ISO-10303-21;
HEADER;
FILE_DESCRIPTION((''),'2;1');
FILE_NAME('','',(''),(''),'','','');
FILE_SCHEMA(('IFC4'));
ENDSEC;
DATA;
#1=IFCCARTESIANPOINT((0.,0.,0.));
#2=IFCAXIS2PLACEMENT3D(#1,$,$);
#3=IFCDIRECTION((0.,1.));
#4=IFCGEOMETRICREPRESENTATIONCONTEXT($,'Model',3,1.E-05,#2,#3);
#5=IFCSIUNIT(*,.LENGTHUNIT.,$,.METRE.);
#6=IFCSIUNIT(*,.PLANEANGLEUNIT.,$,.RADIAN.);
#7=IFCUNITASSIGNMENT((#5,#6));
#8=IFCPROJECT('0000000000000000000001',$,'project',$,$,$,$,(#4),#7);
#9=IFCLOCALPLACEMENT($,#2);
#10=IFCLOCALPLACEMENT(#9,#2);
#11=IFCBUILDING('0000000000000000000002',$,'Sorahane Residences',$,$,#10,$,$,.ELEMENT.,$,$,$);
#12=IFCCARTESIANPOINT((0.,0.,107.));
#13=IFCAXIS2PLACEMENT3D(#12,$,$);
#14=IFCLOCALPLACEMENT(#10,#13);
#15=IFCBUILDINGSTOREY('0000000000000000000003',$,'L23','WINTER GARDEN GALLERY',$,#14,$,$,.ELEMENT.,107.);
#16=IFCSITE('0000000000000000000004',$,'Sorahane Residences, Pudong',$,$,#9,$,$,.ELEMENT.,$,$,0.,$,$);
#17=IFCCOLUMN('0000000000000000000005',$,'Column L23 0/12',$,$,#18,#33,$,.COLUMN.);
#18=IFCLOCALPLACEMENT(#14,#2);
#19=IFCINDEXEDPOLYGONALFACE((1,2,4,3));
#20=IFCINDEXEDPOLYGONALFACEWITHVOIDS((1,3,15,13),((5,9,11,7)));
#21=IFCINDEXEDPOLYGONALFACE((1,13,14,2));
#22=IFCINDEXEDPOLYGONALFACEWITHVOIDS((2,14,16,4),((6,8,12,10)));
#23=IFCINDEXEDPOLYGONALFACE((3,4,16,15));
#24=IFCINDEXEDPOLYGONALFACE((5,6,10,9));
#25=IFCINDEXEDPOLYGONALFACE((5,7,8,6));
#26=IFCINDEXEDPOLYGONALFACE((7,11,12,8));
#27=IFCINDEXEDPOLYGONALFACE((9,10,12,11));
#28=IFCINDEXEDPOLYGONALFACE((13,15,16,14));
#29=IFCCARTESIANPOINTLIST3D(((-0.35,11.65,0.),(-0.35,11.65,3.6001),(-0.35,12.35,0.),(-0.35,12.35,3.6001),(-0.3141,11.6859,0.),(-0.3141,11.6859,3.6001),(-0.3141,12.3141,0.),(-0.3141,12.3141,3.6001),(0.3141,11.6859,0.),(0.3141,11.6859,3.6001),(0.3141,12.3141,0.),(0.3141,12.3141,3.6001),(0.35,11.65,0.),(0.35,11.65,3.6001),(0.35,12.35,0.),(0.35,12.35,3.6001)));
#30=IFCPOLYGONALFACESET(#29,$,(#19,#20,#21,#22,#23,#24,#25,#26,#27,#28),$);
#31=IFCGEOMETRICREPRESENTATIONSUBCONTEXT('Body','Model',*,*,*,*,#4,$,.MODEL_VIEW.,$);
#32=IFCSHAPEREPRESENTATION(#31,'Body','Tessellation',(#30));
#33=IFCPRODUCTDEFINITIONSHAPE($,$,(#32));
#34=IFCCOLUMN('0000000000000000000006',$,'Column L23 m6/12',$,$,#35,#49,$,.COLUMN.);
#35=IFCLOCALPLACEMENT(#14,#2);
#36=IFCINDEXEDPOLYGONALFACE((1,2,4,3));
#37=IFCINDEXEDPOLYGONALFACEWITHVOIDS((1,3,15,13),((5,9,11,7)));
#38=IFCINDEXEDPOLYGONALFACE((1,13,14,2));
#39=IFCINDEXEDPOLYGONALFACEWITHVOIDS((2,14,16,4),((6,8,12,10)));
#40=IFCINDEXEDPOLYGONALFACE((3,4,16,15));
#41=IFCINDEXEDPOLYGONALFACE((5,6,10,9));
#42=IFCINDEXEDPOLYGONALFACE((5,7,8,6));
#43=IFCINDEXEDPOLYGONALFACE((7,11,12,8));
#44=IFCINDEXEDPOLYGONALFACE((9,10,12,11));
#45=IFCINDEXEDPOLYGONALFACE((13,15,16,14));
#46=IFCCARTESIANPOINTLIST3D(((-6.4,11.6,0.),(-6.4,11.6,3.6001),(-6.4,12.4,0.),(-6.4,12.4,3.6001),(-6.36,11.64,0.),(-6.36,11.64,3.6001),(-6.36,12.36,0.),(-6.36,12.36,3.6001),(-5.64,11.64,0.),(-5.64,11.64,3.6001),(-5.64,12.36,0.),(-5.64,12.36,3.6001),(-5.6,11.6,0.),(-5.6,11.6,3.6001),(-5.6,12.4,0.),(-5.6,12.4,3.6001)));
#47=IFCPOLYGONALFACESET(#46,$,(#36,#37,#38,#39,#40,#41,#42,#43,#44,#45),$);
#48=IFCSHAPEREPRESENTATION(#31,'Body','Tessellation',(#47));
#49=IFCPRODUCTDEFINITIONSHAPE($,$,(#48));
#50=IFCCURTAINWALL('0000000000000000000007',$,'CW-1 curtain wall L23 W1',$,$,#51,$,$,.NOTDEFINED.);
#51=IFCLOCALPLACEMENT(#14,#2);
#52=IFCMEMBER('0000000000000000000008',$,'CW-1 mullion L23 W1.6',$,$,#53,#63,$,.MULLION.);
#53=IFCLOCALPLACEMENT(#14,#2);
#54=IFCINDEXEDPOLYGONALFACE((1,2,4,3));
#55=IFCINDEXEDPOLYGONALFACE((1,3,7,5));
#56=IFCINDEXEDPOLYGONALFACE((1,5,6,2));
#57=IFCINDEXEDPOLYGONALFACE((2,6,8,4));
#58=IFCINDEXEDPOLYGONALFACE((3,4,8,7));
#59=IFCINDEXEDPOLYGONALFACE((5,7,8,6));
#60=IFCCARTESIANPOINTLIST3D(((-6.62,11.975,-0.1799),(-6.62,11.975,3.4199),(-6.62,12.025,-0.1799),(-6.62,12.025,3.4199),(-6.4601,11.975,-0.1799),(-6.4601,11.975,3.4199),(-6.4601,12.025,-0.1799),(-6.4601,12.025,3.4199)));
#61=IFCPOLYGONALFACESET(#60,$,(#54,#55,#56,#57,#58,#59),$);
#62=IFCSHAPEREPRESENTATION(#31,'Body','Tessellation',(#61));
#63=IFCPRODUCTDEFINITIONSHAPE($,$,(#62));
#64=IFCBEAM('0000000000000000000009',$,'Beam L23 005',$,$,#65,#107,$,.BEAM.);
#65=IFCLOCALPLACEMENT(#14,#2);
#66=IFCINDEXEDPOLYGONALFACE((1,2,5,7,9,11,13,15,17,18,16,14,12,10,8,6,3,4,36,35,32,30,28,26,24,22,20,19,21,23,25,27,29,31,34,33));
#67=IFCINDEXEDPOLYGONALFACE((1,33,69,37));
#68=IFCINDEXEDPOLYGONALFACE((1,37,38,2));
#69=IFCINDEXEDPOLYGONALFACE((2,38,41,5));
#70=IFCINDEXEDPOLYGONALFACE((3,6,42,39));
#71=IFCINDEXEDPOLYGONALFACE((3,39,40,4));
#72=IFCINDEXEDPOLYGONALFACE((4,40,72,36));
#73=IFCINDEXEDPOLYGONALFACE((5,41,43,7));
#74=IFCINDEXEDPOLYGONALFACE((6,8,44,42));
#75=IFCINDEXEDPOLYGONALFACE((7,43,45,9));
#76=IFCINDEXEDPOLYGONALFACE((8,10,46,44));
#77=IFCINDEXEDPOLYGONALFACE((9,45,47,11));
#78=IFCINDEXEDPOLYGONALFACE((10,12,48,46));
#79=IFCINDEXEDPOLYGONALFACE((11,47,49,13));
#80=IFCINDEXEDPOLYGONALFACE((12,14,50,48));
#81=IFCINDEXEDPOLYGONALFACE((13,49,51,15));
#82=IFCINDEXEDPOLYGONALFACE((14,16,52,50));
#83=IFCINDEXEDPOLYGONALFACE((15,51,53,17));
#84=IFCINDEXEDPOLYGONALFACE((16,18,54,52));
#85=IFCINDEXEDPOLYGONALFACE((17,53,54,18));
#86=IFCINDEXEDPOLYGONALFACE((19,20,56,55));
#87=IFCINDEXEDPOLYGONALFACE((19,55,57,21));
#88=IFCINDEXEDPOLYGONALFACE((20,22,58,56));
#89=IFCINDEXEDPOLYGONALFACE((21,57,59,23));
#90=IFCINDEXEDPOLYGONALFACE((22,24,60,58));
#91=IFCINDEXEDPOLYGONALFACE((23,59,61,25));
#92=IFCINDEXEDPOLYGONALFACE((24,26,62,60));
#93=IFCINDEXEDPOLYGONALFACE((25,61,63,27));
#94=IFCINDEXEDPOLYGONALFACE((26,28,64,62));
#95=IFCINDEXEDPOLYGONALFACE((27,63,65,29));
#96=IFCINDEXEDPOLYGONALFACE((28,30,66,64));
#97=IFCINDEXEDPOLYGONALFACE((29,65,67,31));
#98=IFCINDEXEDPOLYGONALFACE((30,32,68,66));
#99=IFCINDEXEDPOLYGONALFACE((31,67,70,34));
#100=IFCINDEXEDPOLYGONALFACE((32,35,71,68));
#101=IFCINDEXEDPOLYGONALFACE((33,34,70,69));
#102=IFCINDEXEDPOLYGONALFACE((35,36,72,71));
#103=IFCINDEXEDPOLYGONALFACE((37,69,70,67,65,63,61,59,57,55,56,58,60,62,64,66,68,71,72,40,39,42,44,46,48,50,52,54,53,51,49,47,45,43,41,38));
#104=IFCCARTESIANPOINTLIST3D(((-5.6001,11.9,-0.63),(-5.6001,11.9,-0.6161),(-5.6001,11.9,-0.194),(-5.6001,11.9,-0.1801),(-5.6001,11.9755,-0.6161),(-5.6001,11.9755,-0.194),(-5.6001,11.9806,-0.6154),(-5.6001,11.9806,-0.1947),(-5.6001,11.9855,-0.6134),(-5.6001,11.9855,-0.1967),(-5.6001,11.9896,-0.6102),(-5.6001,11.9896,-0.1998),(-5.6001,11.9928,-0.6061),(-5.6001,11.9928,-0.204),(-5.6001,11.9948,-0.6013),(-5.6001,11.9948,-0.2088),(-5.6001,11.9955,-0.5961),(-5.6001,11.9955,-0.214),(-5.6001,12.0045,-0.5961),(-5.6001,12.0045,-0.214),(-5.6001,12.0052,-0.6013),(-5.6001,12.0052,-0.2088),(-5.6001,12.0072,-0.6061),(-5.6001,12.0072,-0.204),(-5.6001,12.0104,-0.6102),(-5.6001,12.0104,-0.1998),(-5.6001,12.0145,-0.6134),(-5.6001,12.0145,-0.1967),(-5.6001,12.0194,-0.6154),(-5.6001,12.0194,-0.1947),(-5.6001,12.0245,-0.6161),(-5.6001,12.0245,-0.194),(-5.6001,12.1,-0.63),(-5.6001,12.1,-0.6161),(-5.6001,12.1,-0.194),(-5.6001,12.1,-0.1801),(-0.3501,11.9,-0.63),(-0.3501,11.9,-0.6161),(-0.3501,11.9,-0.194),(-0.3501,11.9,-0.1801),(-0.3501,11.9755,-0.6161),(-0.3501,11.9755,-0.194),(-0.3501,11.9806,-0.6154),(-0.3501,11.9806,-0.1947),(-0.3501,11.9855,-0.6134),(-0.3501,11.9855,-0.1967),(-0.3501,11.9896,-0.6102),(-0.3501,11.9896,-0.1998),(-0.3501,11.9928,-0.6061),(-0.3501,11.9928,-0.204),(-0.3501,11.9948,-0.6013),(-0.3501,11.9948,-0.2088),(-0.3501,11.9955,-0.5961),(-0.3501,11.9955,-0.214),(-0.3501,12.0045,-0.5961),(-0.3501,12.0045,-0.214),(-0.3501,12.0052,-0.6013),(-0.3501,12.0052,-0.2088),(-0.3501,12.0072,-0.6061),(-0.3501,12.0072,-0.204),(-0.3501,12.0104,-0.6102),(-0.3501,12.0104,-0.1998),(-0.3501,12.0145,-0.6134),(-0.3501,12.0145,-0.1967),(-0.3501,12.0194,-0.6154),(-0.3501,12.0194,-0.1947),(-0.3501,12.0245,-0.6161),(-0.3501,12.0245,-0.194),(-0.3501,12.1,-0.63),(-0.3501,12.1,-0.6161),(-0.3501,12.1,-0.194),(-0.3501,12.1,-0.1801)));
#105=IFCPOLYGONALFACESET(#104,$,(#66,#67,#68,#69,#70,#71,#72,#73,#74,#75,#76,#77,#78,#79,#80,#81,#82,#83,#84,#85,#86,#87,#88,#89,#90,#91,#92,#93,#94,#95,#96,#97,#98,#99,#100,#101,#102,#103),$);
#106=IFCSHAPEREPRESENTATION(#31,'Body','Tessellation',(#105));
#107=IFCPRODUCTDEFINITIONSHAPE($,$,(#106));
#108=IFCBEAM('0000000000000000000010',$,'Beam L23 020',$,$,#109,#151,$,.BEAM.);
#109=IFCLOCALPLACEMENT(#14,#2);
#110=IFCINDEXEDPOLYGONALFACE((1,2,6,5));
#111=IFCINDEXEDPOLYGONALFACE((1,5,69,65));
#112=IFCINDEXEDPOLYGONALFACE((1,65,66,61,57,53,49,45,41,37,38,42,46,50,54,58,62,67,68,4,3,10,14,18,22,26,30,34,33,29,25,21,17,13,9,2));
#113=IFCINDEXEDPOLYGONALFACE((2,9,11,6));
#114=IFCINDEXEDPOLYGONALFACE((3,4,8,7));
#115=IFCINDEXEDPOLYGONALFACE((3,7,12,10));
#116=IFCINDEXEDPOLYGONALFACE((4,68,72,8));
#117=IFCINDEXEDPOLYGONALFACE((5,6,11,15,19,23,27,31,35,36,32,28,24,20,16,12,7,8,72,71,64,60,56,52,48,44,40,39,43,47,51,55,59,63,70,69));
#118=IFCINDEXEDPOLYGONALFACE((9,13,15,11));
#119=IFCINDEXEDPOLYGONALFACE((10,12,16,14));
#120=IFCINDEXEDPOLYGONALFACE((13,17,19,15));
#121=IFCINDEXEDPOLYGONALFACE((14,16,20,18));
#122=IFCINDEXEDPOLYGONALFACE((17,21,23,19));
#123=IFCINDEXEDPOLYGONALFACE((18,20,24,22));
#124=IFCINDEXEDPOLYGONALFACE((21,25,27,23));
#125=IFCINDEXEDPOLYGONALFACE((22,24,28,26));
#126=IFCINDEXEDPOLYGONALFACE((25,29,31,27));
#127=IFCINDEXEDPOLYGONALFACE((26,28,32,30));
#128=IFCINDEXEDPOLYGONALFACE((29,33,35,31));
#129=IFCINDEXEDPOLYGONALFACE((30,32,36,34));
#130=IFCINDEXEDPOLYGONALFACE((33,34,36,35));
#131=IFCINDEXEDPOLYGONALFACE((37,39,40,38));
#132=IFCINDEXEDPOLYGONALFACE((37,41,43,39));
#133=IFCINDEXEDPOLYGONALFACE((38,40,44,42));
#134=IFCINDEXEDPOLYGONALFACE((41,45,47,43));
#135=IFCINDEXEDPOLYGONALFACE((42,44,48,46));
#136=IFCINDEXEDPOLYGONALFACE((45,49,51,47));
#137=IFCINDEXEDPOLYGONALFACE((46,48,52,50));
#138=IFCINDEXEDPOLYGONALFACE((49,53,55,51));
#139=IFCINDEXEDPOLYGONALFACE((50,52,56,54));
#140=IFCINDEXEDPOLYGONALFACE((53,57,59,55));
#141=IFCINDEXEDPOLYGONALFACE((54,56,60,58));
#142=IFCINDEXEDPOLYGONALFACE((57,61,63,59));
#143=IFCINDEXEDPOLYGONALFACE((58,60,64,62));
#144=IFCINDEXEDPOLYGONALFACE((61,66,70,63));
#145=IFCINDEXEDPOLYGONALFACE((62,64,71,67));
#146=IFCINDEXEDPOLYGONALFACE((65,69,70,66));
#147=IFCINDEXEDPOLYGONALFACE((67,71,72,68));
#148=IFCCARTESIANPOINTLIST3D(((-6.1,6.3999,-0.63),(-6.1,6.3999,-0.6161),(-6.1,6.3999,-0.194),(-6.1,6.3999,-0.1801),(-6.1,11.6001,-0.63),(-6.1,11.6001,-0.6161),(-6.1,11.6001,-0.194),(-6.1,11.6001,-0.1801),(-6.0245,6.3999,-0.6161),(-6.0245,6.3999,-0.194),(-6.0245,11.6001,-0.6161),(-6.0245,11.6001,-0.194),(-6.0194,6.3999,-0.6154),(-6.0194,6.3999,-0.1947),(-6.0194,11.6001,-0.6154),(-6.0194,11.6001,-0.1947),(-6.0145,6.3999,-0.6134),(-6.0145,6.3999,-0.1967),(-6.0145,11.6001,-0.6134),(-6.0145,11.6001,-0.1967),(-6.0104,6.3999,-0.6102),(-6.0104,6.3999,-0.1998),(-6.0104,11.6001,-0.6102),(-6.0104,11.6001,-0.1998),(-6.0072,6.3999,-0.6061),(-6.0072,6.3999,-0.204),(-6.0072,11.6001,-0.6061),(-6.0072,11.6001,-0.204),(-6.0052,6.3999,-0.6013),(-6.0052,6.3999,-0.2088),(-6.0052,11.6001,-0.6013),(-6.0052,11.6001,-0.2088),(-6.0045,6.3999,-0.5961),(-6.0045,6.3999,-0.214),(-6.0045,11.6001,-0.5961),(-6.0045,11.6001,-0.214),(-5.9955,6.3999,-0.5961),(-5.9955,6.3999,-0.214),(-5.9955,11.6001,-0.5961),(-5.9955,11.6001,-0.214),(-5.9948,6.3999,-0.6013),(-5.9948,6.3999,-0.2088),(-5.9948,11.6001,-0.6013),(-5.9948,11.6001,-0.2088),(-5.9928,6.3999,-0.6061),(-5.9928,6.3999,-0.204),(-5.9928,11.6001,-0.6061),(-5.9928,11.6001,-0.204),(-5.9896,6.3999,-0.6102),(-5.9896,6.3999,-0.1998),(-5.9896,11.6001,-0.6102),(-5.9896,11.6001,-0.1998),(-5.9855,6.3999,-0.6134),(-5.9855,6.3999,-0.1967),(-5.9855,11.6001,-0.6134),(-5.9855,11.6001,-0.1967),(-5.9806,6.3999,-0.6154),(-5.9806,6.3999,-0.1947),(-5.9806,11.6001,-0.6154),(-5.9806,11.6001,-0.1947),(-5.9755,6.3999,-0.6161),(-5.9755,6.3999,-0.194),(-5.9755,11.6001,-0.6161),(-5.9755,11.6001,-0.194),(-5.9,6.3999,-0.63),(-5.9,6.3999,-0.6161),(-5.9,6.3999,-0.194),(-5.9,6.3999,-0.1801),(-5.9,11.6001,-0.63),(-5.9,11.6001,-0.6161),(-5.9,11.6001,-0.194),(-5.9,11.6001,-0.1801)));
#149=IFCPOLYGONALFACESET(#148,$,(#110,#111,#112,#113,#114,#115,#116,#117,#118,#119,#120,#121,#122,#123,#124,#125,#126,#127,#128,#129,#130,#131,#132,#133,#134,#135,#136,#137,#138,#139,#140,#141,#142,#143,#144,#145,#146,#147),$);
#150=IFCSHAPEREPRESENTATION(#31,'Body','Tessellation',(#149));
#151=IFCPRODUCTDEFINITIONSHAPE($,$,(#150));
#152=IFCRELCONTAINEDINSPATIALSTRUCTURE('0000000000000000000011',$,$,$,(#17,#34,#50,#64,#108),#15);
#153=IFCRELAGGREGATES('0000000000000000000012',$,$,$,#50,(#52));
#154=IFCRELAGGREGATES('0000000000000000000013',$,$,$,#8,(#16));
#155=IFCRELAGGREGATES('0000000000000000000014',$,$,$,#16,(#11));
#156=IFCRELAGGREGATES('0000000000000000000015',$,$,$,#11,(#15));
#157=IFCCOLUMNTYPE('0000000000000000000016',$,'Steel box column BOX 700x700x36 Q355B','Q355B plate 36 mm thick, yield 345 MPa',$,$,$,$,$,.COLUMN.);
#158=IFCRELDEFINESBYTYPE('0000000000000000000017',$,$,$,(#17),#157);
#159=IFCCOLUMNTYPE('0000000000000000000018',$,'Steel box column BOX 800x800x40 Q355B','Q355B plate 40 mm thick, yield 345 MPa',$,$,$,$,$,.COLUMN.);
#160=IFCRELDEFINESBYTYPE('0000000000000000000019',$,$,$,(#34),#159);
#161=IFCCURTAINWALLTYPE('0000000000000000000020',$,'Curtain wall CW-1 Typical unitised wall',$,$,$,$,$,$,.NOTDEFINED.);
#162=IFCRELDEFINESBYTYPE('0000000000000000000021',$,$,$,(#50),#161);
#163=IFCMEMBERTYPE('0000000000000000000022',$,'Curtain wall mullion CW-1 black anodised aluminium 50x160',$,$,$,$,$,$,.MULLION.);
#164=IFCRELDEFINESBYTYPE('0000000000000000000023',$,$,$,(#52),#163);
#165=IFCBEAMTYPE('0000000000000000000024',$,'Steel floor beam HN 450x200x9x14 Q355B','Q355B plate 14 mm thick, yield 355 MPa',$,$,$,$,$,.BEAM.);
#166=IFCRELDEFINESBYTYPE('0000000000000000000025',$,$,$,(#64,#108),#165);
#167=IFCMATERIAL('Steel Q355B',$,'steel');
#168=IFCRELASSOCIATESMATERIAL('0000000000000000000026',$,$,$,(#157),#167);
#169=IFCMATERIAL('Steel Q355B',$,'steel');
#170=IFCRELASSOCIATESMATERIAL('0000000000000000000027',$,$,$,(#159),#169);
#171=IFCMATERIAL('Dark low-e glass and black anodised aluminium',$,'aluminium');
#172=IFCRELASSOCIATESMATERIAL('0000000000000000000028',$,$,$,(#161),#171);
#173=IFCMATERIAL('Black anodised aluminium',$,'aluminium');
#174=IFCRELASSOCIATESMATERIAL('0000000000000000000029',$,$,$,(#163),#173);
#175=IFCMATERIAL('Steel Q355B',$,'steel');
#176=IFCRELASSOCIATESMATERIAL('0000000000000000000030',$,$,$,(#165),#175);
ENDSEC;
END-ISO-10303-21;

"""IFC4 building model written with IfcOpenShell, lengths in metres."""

from ifc_helpers import new_model, si_unit, direction, frame, origin, origin_2d, place, context, subcontext, project, spatial, rectangle, hollow_rectangle, i_section, extrude, material, material_profile, profile_set, type_object, element, aggregate, save


model = new_model("IFC4")

# Units and contexts
model_context = context("Model", 3, precision=1e-05, world=origin(), true_north=direction((0.0, 1.0)))
body_context = subcontext(model_context, "Body", "Model", "MODEL_VIEW")
ifc_project = project(units=[si_unit("LENGTHUNIT", "METRE"), si_unit("PLANEANGLEUNIT", "RADIAN")], contexts=[model_context])

# Site, building, storey
site_placement = place(None, origin())
site = spatial("IfcSite", under=ifc_project, at=site_placement, Name="Sorahane Residences, Pudong", CompositionType="ELEMENT", RefElevation=0.0)
building_placement = place(site_placement, origin())
building = spatial("IfcBuilding", under=site, at=building_placement, Name="Sorahane Residences", CompositionType="ELEMENT")
storey_placement = place(building_placement, frame((0.0, 0.0, 107.0)))
storey = spatial("IfcBuildingStorey", under=building, at=storey_placement, Name="L23", Description="WINTER GARDEN GALLERY", CompositionType="ELEMENT", Elevation=107.0)

# Columns
ifc_material_1 = material(Name="Steel Q355B", Category="steel")
ifc_material_profile_1 = material_profile(ifc_material_1, hollow_rectangle(XDim=0.7, YDim=0.7, WallThickness=0.0359, at=origin_2d()), Name="BOX 700x700x36")
ifc_profile_set_1 = profile_set([ifc_material_profile_1], Name="Steel Q355B")
column_type_1 = type_object("IfcColumnType", Name="Steel box column BOX 700x700x36 Q355B", Description="Q355B plate 36 mm thick, yield 345 MPa", PredefinedType="COLUMN", material=ifc_profile_set_1)
column_1_placement = place(storey_placement, frame((0.0, 12.0, 0.0), z_axis=(0.0, 0.0, 1.0), x_axis=(1.0, 0.0, 0.0)))
element("IfcColumn", 1, at=column_1_placement, inside=storey, type_object=column_type_1, Name="Column L23 0/12", PredefinedType="COLUMN", context=body_context, shape_type="SweptSolid", body=[
    extrude(hollow_rectangle(XDim=0.7, YDim=0.7, WallThickness=0.0359, at=origin_2d()), origin(), (0.0, 0.0, 1.0), 3.6001),
])
ifc_material_2 = material(Name="Steel Q355B", Category="steel")
ifc_material_profile_2 = material_profile(ifc_material_2, hollow_rectangle(XDim=0.8, YDim=0.8, WallThickness=0.04, at=origin_2d()), Name="BOX 800x800x40")
ifc_profile_set_2 = profile_set([ifc_material_profile_2], Name="Steel Q355B")
column_type_2 = type_object("IfcColumnType", Name="Steel box column BOX 800x800x40 Q355B", Description="Q355B plate 40 mm thick, yield 345 MPa", PredefinedType="COLUMN", material=ifc_profile_set_2)
column_2_placement = place(storey_placement, frame((-6.0, 12.0, 0.0), z_axis=(0.0, 0.0, 1.0), x_axis=(1.0, 0.0, 0.0)))
element("IfcColumn", 2, at=column_2_placement, inside=storey, type_object=column_type_2, Name="Column L23 m6/12", PredefinedType="COLUMN", context=body_context, shape_type="SweptSolid", body=[
    extrude(hollow_rectangle(XDim=0.8, YDim=0.8, WallThickness=0.04, at=origin_2d()), origin(), (0.0, 0.0, 1.0), 3.6001),
])

# Curtain wall, member
ifc_material_3 = material(Name="Dark low-e glass and black anodised aluminium", Category="aluminium")
curtain_wall_type = type_object("IfcCurtainWallType", Name="Curtain wall CW-1 Typical unitised wall", PredefinedType="NOTDEFINED", material=ifc_material_3)
curtain_wall_placement = place(storey_placement, origin())
curtain_wall = element("IfcCurtainWall", 3, at=curtain_wall_placement, inside=storey, type_object=curtain_wall_type, Name="CW-1 curtain wall L23 W1", PredefinedType="NOTDEFINED")
ifc_material_4 = material(Name="Black anodised aluminium", Category="aluminium")
ifc_material_profile_3 = material_profile(ifc_material_4, rectangle(XDim=0.1599, YDim=0.05, at=origin_2d()), Name="Curtain wall mullion CW-1 black anodised aluminium 50x160")
ifc_profile_set_3 = profile_set([ifc_material_profile_3], Name="Black anodised aluminium")
member_type = type_object("IfcMemberType", Name="Curtain wall mullion CW-1 black anodised aluminium 50x160", PredefinedType="MULLION", material=ifc_profile_set_3)
member_placement = place(storey_placement, frame((-6.54, 12.0, -0.1799), z_axis=(0.0, 0.0, 1.0), x_axis=(-1.0, 0.0, 0.0)))
member = element("IfcMember", 4, at=member_placement, type_object=member_type, Name="CW-1 mullion L23 W1.6", PredefinedType="MULLION", context=body_context, shape_type="SweptSolid", body=[
    extrude(rectangle(XDim=0.1599, YDim=0.05, at=origin_2d()), origin(), (0.0, 0.0, 1.0), 3.5999),
])

# Beams
ifc_material_5 = material(Name="Steel Q355B", Category="steel")
ifc_material_profile_4 = material_profile(ifc_material_5, i_section(OverallWidth=0.2, OverallDepth=0.45, WebThickness=0.009, FlangeThickness=0.0139, FilletRadius=0.02, at=origin_2d()), Name="HN 450x200x9x14")
ifc_profile_set_4 = profile_set([ifc_material_profile_4], Name="Steel Q355B")
beam_type_1 = type_object("IfcBeamType", Name="Steel floor beam HN 450x200x9x14 Q355B", Description="Q355B plate 14 mm thick, yield 355 MPa", PredefinedType="BEAM", material=ifc_profile_set_4)
beam_1_placement = place(storey_placement, frame((-5.6001, 12.0, -0.405), z_axis=(1.0, 0.0, 0.0), x_axis=(0.0, 1.0, 0.0)))
element("IfcBeam", 5, at=beam_1_placement, inside=storey, type_object=beam_type_1, Name="Beam L23 005", PredefinedType="BEAM", context=body_context, shape_type="SweptSolid", body=[
    extrude(i_section(OverallWidth=0.2, OverallDepth=0.45, WebThickness=0.009, FlangeThickness=0.0139, FilletRadius=0.02, at=origin_2d()), origin(), (0.0, 0.0, 1.0), 5.25),
])
beam_2_placement = place(storey_placement, frame((-6.0, 6.3999, -0.405), z_axis=(0.0, 1.0, 0.0), x_axis=(-1.0, 0.0, 0.0)))
element("IfcBeam", 6, at=beam_2_placement, inside=storey, type_object=beam_type_1, Name="Beam L23 020", PredefinedType="BEAM", context=body_context, shape_type="SweptSolid", body=[
    extrude(i_section(OverallWidth=0.2, OverallDepth=0.45, WebThickness=0.009, FlangeThickness=0.0139, FilletRadius=0.02, at=origin_2d()), origin(), (0.0, 0.0, 1.0), 5.2002),
])

aggregate(curtain_wall, [member])

save(model, "model.ifc")
